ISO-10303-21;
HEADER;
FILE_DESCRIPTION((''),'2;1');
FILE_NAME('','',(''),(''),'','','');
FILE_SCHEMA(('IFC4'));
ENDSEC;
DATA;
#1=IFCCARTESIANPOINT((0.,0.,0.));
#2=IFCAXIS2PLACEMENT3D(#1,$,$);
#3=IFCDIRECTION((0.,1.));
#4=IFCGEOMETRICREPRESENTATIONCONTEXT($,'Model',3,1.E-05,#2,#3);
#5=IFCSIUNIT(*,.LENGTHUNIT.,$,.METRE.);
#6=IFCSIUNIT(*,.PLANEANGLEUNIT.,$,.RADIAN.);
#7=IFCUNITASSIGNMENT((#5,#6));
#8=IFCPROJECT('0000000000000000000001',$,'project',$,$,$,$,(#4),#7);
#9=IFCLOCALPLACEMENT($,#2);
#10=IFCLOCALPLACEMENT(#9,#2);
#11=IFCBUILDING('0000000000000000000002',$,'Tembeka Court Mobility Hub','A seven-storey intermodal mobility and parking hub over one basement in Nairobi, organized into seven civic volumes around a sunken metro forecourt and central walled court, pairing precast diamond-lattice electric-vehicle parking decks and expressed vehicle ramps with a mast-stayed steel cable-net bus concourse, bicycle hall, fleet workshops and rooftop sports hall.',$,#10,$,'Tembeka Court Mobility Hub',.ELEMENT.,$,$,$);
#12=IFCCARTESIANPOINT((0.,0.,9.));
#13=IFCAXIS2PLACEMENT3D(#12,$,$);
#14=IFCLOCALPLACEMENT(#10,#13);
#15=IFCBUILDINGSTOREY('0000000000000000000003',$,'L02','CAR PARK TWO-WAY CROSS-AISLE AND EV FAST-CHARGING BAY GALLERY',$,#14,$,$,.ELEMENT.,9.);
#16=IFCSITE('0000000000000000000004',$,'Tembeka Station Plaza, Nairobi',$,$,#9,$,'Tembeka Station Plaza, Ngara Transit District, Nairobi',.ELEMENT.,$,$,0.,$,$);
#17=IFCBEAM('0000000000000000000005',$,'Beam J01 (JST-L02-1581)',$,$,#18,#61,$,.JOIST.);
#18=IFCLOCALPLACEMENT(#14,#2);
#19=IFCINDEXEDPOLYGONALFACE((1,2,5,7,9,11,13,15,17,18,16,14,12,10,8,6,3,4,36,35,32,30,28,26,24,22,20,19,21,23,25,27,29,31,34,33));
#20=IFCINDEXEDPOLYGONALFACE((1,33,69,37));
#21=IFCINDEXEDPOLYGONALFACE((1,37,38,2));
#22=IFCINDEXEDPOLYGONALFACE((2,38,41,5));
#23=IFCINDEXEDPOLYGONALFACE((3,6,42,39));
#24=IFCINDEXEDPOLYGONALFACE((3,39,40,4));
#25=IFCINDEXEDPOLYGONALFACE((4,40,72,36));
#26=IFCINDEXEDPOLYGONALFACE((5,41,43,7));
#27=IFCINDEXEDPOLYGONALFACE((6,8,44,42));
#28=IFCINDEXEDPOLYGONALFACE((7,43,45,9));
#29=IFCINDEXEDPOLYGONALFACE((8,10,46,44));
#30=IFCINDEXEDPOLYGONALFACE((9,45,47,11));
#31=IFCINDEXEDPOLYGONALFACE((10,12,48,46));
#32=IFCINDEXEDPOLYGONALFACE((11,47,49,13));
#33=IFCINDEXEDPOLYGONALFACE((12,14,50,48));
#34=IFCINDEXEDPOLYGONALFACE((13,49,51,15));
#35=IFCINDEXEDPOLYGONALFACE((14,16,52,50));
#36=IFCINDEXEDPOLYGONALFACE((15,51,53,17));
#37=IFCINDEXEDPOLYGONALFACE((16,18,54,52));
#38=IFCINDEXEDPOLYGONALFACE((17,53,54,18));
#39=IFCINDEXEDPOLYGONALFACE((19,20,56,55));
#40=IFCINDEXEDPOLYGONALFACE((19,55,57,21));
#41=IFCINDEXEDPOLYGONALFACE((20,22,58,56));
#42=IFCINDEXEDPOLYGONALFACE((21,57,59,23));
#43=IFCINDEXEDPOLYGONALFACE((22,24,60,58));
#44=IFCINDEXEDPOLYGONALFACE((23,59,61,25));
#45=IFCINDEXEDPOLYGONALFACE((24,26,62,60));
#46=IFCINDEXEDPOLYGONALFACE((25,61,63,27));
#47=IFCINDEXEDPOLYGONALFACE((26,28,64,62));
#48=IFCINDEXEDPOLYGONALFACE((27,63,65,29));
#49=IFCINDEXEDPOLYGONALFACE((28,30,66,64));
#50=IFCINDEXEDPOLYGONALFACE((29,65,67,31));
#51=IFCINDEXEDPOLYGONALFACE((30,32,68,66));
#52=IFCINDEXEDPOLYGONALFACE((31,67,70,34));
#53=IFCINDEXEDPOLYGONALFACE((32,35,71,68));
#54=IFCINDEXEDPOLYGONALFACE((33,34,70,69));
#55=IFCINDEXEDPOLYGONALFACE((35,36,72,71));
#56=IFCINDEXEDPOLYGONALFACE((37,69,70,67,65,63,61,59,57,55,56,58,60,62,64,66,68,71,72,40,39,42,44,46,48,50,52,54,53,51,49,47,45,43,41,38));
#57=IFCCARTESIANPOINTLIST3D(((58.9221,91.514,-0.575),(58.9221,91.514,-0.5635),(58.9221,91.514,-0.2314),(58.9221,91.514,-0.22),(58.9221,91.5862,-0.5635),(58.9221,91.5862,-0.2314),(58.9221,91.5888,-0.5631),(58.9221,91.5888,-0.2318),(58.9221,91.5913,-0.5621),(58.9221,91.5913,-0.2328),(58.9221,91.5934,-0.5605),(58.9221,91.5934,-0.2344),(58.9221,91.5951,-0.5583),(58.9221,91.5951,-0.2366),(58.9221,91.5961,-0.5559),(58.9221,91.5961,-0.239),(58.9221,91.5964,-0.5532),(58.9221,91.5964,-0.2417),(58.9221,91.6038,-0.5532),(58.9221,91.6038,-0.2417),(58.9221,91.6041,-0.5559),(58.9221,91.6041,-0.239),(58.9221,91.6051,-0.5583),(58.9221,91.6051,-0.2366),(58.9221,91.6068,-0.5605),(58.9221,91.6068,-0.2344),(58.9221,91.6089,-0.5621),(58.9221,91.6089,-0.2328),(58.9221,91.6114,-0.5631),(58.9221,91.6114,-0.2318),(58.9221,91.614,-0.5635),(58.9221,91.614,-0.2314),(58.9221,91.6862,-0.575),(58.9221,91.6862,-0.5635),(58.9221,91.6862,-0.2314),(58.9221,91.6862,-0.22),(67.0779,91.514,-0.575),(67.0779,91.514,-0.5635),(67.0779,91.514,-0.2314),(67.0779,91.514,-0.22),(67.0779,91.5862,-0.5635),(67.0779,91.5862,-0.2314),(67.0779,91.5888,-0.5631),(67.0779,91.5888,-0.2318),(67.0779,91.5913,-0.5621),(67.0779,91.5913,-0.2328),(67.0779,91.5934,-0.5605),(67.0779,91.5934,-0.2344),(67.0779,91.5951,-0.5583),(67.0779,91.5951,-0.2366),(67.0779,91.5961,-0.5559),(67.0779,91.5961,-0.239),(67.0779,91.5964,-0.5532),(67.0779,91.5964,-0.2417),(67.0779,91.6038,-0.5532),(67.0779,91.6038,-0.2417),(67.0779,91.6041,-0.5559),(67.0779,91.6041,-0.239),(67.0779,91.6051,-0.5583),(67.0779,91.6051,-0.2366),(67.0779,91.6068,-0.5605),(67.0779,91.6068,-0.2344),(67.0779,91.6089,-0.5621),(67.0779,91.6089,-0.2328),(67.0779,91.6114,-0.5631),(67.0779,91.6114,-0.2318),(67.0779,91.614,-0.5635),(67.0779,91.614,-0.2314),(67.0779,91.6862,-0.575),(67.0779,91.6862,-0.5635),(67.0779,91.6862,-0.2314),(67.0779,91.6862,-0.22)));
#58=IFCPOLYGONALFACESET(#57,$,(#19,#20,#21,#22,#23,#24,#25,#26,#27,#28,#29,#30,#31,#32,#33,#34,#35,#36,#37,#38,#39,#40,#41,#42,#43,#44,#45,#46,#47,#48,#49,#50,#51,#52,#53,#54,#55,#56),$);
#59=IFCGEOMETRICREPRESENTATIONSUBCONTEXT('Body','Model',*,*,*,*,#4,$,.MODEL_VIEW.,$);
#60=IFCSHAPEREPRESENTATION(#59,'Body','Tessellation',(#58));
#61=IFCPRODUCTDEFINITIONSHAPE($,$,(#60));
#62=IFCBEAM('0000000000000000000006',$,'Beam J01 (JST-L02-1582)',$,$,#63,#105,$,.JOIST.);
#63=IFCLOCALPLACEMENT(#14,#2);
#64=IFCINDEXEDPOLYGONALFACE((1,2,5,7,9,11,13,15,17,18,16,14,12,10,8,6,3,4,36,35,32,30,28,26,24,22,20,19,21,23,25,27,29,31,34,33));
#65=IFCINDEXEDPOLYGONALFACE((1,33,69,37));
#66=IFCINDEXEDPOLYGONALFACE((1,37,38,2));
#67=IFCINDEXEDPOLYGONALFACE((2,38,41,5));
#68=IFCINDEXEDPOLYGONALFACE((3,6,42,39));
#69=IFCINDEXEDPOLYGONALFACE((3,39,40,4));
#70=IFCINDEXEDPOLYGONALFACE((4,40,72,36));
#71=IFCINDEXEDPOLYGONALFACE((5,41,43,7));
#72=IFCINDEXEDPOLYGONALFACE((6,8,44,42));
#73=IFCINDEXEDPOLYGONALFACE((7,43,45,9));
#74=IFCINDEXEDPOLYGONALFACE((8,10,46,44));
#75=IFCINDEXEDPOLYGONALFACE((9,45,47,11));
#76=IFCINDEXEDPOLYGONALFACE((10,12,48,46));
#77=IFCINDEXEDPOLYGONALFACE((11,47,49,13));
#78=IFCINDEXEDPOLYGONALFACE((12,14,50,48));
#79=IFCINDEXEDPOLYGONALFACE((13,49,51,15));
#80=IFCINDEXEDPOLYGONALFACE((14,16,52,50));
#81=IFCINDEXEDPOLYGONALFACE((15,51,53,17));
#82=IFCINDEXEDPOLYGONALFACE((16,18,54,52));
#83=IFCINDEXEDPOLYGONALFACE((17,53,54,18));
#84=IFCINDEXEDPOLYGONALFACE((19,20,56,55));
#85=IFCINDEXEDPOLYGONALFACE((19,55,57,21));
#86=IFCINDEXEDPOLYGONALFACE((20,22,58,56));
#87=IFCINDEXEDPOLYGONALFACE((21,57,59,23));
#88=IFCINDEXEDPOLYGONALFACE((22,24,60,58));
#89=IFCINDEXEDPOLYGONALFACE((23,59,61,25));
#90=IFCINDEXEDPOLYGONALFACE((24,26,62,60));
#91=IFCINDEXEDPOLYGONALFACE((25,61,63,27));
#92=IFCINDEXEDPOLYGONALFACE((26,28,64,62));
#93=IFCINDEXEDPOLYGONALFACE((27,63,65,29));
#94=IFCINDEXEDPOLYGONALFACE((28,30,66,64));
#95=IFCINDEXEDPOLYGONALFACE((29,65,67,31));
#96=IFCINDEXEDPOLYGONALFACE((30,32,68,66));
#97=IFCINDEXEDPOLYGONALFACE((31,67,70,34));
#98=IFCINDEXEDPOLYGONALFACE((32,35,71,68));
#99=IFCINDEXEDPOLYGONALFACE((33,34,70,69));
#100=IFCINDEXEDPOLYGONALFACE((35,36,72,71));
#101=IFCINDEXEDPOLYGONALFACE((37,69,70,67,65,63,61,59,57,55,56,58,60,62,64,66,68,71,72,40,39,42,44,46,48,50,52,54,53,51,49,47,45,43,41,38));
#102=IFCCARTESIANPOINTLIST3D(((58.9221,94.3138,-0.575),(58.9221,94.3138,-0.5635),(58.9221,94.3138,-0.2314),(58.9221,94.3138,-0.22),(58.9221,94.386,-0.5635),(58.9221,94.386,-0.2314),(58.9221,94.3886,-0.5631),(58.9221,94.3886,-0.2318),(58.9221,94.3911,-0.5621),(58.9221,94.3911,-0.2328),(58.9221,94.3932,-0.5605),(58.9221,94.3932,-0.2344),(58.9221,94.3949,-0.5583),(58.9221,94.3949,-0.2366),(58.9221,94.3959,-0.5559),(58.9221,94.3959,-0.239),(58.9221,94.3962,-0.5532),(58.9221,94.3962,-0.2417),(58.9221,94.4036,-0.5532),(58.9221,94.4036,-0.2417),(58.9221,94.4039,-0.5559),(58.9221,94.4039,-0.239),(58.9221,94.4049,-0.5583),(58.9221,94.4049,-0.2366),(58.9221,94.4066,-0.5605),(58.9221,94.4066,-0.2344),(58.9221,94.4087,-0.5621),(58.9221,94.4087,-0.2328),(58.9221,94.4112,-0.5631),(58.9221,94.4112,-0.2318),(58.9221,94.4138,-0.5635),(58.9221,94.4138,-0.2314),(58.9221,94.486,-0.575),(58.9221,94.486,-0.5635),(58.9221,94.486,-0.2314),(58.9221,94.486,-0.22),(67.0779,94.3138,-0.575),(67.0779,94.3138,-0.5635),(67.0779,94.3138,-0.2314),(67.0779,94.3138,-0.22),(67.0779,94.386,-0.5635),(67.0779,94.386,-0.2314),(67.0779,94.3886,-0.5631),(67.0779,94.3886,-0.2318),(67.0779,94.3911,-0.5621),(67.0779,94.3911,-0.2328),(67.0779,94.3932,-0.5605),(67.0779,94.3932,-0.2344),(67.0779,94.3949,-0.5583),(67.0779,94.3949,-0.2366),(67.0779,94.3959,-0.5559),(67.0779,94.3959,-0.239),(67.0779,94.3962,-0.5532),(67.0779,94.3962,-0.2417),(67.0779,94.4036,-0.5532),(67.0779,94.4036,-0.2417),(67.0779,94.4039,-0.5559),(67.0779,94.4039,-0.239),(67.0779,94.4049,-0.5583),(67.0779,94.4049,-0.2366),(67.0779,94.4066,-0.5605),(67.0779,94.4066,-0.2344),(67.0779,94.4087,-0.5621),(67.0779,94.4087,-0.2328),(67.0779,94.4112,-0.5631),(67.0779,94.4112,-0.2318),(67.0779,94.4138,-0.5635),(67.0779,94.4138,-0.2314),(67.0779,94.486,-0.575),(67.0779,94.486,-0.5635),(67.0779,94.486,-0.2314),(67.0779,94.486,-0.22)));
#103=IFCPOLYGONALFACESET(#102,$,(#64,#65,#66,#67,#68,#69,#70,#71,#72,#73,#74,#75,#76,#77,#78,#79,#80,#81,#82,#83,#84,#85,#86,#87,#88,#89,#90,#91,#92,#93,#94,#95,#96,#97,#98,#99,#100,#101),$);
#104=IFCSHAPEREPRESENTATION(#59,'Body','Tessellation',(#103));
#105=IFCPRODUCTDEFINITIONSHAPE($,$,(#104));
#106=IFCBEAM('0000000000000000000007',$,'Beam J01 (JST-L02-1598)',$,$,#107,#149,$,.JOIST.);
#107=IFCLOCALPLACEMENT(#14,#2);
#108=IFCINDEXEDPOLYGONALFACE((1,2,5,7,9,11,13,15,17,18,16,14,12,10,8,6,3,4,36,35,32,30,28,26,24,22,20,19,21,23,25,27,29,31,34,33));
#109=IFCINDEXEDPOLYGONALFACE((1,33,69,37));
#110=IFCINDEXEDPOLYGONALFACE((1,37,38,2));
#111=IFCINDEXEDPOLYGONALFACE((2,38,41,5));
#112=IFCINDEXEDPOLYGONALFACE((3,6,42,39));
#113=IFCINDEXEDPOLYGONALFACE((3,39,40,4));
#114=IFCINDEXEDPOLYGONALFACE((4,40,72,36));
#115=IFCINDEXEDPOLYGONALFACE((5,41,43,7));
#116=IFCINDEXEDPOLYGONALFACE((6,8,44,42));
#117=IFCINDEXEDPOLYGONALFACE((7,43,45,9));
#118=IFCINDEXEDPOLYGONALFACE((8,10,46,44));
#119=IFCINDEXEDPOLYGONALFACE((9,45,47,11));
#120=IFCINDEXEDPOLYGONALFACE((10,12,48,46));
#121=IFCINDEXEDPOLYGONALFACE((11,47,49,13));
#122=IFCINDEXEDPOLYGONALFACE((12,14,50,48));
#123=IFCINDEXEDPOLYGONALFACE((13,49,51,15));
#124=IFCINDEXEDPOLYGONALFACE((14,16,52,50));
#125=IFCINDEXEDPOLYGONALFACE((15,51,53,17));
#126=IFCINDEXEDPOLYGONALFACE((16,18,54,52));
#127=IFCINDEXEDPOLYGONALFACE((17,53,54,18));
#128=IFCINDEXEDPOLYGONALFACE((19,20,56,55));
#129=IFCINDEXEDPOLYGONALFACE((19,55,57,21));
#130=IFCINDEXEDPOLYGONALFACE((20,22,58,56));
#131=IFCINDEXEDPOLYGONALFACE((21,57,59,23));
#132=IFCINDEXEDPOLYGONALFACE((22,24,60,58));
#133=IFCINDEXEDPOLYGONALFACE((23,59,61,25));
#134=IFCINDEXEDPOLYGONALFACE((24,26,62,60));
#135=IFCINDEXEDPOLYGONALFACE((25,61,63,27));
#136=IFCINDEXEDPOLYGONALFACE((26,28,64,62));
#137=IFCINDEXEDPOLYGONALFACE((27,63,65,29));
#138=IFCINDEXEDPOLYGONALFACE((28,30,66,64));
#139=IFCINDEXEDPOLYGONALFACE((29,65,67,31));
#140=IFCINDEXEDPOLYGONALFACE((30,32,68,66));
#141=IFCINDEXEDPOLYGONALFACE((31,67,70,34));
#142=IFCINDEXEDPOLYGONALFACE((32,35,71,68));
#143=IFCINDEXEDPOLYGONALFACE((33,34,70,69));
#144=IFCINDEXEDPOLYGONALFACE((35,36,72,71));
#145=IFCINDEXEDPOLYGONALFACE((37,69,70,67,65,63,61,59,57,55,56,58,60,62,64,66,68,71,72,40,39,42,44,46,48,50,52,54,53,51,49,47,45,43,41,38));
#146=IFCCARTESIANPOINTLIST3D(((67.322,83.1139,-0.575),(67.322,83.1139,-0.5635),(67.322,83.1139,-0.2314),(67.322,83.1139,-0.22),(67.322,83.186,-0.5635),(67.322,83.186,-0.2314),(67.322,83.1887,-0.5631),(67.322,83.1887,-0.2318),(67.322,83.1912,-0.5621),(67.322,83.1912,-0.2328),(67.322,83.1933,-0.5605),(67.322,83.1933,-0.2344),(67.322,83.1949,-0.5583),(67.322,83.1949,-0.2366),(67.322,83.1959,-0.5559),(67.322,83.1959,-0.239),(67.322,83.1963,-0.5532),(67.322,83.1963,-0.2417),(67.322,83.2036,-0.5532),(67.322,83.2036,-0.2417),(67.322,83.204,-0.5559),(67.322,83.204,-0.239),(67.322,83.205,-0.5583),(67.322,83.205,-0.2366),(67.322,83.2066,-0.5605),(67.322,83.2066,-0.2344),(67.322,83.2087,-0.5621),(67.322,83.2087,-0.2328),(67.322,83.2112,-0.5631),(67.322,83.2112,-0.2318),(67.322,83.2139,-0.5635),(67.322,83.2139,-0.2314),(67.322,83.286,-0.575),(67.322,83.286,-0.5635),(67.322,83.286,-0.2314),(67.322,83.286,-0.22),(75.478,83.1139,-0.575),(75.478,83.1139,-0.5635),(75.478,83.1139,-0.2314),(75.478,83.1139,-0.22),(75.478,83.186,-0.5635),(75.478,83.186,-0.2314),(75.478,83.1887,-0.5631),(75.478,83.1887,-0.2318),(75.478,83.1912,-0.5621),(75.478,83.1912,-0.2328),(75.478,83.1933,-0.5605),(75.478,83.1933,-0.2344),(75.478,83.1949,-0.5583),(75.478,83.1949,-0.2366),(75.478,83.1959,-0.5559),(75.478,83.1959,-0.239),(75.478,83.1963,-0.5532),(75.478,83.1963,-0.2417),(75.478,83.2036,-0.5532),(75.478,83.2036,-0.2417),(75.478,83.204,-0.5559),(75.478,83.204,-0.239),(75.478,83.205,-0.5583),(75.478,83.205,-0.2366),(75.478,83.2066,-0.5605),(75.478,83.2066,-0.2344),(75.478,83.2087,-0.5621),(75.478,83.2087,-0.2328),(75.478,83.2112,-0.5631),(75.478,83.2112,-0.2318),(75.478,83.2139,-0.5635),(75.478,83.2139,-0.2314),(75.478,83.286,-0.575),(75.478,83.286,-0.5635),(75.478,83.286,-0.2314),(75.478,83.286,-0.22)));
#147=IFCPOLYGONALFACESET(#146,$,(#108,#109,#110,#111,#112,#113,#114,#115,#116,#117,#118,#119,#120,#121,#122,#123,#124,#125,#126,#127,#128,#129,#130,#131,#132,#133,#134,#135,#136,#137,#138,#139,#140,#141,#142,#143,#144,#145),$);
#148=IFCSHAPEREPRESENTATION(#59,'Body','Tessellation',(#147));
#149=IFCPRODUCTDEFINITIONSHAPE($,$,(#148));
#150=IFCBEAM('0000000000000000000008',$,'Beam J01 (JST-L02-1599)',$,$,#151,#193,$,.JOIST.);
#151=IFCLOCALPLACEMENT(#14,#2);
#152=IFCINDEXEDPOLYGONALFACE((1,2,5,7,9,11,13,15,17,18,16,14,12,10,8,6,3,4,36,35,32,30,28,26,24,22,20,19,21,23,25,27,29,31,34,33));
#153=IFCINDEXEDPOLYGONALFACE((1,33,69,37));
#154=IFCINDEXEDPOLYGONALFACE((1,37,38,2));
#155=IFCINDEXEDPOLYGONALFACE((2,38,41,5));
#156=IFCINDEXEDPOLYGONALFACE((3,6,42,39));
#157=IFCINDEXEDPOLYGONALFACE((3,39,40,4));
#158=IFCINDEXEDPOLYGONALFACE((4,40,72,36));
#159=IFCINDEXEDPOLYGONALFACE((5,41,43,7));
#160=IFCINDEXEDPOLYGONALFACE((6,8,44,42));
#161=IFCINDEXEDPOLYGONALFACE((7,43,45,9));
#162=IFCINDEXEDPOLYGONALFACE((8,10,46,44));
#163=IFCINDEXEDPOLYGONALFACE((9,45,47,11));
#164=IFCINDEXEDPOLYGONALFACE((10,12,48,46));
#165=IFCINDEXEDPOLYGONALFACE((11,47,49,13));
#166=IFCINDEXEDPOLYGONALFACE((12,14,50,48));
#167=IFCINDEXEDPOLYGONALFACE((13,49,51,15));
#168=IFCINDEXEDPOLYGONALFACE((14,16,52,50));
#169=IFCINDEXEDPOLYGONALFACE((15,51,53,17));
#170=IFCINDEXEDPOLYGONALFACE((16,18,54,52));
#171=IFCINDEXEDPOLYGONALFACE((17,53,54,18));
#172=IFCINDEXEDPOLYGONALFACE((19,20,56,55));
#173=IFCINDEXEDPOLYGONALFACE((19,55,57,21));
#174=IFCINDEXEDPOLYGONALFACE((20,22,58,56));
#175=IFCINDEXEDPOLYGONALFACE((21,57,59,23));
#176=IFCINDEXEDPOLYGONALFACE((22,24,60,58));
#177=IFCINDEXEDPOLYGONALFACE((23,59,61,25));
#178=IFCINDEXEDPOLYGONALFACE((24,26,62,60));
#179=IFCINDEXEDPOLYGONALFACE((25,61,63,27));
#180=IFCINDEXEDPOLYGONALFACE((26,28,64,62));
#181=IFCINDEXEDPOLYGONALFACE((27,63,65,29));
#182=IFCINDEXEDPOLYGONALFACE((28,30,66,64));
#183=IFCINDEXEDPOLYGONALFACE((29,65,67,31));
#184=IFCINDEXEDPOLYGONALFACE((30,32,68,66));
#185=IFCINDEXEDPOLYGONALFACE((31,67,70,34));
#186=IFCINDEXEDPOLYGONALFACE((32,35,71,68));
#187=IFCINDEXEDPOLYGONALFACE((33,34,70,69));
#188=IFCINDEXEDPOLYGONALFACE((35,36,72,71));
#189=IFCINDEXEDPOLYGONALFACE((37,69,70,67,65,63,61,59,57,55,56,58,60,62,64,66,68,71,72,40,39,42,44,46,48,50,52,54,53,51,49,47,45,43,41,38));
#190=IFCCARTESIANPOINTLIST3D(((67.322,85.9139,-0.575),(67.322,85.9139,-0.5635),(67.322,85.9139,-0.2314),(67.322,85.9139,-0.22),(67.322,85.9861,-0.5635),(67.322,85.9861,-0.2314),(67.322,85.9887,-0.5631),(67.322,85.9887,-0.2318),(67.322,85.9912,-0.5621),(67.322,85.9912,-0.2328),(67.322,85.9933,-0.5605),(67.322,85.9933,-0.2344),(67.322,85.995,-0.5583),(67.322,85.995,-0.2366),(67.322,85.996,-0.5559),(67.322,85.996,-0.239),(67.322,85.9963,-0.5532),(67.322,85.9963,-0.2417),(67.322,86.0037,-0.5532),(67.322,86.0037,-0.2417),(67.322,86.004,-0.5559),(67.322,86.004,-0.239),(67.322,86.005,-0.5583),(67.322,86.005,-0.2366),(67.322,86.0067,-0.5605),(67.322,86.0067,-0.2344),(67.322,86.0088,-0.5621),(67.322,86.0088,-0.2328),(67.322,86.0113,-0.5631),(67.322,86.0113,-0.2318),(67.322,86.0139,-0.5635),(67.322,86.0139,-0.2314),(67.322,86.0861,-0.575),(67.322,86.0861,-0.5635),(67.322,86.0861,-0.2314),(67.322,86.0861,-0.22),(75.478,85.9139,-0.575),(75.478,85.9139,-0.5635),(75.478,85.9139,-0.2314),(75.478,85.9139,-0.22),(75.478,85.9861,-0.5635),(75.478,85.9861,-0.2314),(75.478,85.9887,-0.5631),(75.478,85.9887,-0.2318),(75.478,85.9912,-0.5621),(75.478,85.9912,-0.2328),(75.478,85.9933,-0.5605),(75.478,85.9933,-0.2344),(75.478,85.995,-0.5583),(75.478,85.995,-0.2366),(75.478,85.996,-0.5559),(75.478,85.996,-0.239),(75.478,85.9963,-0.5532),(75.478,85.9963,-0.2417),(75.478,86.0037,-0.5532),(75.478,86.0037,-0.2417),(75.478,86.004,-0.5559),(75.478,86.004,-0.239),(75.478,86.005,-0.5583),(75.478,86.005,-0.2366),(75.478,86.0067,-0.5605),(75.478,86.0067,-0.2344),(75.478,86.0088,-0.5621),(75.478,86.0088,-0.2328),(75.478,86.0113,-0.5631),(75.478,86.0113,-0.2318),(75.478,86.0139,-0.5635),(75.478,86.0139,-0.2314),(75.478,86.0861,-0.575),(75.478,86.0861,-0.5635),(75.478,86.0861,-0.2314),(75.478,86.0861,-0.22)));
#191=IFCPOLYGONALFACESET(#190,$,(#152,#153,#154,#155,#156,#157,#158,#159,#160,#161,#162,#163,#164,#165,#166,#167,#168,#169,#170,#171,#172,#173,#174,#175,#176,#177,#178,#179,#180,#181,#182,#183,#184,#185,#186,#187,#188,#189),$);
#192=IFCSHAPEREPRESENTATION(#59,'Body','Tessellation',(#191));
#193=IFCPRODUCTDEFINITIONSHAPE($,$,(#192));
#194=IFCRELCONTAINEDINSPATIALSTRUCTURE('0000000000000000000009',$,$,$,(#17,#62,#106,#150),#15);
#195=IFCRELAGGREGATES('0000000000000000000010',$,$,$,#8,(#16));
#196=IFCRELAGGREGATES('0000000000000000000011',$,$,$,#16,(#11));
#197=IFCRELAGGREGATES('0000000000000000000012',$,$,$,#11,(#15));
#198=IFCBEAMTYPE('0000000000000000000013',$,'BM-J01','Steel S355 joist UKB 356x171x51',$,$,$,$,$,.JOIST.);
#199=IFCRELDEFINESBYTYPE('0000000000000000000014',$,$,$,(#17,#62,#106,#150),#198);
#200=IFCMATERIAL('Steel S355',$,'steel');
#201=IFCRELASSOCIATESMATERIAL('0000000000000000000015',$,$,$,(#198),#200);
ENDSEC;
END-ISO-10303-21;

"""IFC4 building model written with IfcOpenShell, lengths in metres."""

from ifc_helpers import new_model, si_unit, direction, frame, origin, origin_2d, place, context, subcontext, project, spatial, i_section, extrude, material, material_profile, profile_set, type_object, element, save


model = new_model("IFC4")

# Units and contexts
model_context = context("Model", 3, precision=1e-05, world=origin(), true_north=direction((0.0, 1.0)))
body_context = subcontext(model_context, "Body", "Model", "MODEL_VIEW")
ifc_project = project(units=[si_unit("LENGTHUNIT", "METRE"), si_unit("PLANEANGLEUNIT", "RADIAN")], contexts=[model_context])

# Site, building, storey
site_placement = place(None, origin())
site = spatial("IfcSite", under=ifc_project, at=site_placement, Name="Tembeka Station Plaza, Nairobi", LongName="Tembeka Station Plaza, Ngara Transit District, Nairobi", CompositionType="ELEMENT", RefElevation=0.0)
building_placement = place(site_placement, origin())
building = spatial("IfcBuilding", under=site, at=building_placement, Name="Tembeka Court Mobility Hub", Description="A seven-storey intermodal mobility and parking hub over one basement in Nairobi, organized into seven civic volumes around a sunken metro forecourt and central walled court, pairing precast diamond-lattice electric-vehicle parking decks and expressed vehicle ramps with a mast-stayed steel cable-net bus concourse, bicycle hall, fleet workshops and rooftop sports hall.", LongName="Tembeka Court Mobility Hub", CompositionType="ELEMENT")
storey_placement = place(building_placement, frame((0.0, 0.0, 9.0)))
storey = spatial("IfcBuildingStorey", under=building, at=storey_placement, Name="L02", Description="CAR PARK TWO-WAY CROSS-AISLE AND EV FAST-CHARGING BAY GALLERY", CompositionType="ELEMENT", Elevation=9.0)

# Shared definitions
ifc_material = material(Name="Steel S355", Category="steel")

# Beams
ifc_material_profile_1 = material_profile(ifc_material, i_section(OverallWidth=0.1721, OverallDepth=0.355, WebThickness=0.0073, FlangeThickness=0.0115, FilletRadius=0.0103, at=origin_2d()), Name="UKB 356x171x51")
ifc_profile_set_1 = profile_set([ifc_material_profile_1], Name="Steel S355")
beam_type_1 = type_object("IfcBeamType", Name="BM-J01", Description="Steel S355 joist UKB 356x171x51", PredefinedType="JOIST", material=ifc_profile_set_1)
for number, where, z_axis, x_axis, name in (
    (1, (58.9221, 91.6001, -0.3975), (1.0, 0.0, 0.0), (0.0, 1.0, 0.0), "Beam J01 (JST-L02-1581)"),
    (2, (58.9221, 94.3999, -0.3975), (1.0, 0.0, 0.0), (0.0, 1.0, 0.0), "Beam J01 (JST-L02-1582)"),
):
    element("IfcBeam", number, at=place(storey_placement, frame(where, z_axis=z_axis, x_axis=x_axis)), inside=storey, type_object=beam_type_1, Name=name, PredefinedType="JOIST", context=body_context, shape_type="SweptSolid", body=[
        extrude(i_section(OverallWidth=0.1721, OverallDepth=0.355, WebThickness=0.0073, FlangeThickness=0.0115, FilletRadius=0.0103, at=origin_2d()), origin(), (0.0, 0.0, 1.0), 8.1558),
    ])
for number, where, z_axis, x_axis, name in (
    (3, (67.322, 83.2, -0.3975), (1.0, 0.0, 0.0), (0.0, 1.0, 0.0), "Beam J01 (JST-L02-1598)"),
    (4, (67.322, 86.0, -0.3975), (1.0, 0.0, 0.0), (0.0, 1.0, 0.0), "Beam J01 (JST-L02-1599)"),
):
    element("IfcBeam", number, at=place(storey_placement, frame(where, z_axis=z_axis, x_axis=x_axis)), inside=storey, type_object=beam_type_1, Name=name, PredefinedType="JOIST", context=body_context, shape_type="SweptSolid", body=[
        extrude(i_section(OverallWidth=0.1721, OverallDepth=0.355, WebThickness=0.0073, FlangeThickness=0.0115, FilletRadius=0.0103, at=origin_2d()), origin(), (0.0, 0.0, 1.0), 8.156),
    ])

save(model, "model.ifc")
